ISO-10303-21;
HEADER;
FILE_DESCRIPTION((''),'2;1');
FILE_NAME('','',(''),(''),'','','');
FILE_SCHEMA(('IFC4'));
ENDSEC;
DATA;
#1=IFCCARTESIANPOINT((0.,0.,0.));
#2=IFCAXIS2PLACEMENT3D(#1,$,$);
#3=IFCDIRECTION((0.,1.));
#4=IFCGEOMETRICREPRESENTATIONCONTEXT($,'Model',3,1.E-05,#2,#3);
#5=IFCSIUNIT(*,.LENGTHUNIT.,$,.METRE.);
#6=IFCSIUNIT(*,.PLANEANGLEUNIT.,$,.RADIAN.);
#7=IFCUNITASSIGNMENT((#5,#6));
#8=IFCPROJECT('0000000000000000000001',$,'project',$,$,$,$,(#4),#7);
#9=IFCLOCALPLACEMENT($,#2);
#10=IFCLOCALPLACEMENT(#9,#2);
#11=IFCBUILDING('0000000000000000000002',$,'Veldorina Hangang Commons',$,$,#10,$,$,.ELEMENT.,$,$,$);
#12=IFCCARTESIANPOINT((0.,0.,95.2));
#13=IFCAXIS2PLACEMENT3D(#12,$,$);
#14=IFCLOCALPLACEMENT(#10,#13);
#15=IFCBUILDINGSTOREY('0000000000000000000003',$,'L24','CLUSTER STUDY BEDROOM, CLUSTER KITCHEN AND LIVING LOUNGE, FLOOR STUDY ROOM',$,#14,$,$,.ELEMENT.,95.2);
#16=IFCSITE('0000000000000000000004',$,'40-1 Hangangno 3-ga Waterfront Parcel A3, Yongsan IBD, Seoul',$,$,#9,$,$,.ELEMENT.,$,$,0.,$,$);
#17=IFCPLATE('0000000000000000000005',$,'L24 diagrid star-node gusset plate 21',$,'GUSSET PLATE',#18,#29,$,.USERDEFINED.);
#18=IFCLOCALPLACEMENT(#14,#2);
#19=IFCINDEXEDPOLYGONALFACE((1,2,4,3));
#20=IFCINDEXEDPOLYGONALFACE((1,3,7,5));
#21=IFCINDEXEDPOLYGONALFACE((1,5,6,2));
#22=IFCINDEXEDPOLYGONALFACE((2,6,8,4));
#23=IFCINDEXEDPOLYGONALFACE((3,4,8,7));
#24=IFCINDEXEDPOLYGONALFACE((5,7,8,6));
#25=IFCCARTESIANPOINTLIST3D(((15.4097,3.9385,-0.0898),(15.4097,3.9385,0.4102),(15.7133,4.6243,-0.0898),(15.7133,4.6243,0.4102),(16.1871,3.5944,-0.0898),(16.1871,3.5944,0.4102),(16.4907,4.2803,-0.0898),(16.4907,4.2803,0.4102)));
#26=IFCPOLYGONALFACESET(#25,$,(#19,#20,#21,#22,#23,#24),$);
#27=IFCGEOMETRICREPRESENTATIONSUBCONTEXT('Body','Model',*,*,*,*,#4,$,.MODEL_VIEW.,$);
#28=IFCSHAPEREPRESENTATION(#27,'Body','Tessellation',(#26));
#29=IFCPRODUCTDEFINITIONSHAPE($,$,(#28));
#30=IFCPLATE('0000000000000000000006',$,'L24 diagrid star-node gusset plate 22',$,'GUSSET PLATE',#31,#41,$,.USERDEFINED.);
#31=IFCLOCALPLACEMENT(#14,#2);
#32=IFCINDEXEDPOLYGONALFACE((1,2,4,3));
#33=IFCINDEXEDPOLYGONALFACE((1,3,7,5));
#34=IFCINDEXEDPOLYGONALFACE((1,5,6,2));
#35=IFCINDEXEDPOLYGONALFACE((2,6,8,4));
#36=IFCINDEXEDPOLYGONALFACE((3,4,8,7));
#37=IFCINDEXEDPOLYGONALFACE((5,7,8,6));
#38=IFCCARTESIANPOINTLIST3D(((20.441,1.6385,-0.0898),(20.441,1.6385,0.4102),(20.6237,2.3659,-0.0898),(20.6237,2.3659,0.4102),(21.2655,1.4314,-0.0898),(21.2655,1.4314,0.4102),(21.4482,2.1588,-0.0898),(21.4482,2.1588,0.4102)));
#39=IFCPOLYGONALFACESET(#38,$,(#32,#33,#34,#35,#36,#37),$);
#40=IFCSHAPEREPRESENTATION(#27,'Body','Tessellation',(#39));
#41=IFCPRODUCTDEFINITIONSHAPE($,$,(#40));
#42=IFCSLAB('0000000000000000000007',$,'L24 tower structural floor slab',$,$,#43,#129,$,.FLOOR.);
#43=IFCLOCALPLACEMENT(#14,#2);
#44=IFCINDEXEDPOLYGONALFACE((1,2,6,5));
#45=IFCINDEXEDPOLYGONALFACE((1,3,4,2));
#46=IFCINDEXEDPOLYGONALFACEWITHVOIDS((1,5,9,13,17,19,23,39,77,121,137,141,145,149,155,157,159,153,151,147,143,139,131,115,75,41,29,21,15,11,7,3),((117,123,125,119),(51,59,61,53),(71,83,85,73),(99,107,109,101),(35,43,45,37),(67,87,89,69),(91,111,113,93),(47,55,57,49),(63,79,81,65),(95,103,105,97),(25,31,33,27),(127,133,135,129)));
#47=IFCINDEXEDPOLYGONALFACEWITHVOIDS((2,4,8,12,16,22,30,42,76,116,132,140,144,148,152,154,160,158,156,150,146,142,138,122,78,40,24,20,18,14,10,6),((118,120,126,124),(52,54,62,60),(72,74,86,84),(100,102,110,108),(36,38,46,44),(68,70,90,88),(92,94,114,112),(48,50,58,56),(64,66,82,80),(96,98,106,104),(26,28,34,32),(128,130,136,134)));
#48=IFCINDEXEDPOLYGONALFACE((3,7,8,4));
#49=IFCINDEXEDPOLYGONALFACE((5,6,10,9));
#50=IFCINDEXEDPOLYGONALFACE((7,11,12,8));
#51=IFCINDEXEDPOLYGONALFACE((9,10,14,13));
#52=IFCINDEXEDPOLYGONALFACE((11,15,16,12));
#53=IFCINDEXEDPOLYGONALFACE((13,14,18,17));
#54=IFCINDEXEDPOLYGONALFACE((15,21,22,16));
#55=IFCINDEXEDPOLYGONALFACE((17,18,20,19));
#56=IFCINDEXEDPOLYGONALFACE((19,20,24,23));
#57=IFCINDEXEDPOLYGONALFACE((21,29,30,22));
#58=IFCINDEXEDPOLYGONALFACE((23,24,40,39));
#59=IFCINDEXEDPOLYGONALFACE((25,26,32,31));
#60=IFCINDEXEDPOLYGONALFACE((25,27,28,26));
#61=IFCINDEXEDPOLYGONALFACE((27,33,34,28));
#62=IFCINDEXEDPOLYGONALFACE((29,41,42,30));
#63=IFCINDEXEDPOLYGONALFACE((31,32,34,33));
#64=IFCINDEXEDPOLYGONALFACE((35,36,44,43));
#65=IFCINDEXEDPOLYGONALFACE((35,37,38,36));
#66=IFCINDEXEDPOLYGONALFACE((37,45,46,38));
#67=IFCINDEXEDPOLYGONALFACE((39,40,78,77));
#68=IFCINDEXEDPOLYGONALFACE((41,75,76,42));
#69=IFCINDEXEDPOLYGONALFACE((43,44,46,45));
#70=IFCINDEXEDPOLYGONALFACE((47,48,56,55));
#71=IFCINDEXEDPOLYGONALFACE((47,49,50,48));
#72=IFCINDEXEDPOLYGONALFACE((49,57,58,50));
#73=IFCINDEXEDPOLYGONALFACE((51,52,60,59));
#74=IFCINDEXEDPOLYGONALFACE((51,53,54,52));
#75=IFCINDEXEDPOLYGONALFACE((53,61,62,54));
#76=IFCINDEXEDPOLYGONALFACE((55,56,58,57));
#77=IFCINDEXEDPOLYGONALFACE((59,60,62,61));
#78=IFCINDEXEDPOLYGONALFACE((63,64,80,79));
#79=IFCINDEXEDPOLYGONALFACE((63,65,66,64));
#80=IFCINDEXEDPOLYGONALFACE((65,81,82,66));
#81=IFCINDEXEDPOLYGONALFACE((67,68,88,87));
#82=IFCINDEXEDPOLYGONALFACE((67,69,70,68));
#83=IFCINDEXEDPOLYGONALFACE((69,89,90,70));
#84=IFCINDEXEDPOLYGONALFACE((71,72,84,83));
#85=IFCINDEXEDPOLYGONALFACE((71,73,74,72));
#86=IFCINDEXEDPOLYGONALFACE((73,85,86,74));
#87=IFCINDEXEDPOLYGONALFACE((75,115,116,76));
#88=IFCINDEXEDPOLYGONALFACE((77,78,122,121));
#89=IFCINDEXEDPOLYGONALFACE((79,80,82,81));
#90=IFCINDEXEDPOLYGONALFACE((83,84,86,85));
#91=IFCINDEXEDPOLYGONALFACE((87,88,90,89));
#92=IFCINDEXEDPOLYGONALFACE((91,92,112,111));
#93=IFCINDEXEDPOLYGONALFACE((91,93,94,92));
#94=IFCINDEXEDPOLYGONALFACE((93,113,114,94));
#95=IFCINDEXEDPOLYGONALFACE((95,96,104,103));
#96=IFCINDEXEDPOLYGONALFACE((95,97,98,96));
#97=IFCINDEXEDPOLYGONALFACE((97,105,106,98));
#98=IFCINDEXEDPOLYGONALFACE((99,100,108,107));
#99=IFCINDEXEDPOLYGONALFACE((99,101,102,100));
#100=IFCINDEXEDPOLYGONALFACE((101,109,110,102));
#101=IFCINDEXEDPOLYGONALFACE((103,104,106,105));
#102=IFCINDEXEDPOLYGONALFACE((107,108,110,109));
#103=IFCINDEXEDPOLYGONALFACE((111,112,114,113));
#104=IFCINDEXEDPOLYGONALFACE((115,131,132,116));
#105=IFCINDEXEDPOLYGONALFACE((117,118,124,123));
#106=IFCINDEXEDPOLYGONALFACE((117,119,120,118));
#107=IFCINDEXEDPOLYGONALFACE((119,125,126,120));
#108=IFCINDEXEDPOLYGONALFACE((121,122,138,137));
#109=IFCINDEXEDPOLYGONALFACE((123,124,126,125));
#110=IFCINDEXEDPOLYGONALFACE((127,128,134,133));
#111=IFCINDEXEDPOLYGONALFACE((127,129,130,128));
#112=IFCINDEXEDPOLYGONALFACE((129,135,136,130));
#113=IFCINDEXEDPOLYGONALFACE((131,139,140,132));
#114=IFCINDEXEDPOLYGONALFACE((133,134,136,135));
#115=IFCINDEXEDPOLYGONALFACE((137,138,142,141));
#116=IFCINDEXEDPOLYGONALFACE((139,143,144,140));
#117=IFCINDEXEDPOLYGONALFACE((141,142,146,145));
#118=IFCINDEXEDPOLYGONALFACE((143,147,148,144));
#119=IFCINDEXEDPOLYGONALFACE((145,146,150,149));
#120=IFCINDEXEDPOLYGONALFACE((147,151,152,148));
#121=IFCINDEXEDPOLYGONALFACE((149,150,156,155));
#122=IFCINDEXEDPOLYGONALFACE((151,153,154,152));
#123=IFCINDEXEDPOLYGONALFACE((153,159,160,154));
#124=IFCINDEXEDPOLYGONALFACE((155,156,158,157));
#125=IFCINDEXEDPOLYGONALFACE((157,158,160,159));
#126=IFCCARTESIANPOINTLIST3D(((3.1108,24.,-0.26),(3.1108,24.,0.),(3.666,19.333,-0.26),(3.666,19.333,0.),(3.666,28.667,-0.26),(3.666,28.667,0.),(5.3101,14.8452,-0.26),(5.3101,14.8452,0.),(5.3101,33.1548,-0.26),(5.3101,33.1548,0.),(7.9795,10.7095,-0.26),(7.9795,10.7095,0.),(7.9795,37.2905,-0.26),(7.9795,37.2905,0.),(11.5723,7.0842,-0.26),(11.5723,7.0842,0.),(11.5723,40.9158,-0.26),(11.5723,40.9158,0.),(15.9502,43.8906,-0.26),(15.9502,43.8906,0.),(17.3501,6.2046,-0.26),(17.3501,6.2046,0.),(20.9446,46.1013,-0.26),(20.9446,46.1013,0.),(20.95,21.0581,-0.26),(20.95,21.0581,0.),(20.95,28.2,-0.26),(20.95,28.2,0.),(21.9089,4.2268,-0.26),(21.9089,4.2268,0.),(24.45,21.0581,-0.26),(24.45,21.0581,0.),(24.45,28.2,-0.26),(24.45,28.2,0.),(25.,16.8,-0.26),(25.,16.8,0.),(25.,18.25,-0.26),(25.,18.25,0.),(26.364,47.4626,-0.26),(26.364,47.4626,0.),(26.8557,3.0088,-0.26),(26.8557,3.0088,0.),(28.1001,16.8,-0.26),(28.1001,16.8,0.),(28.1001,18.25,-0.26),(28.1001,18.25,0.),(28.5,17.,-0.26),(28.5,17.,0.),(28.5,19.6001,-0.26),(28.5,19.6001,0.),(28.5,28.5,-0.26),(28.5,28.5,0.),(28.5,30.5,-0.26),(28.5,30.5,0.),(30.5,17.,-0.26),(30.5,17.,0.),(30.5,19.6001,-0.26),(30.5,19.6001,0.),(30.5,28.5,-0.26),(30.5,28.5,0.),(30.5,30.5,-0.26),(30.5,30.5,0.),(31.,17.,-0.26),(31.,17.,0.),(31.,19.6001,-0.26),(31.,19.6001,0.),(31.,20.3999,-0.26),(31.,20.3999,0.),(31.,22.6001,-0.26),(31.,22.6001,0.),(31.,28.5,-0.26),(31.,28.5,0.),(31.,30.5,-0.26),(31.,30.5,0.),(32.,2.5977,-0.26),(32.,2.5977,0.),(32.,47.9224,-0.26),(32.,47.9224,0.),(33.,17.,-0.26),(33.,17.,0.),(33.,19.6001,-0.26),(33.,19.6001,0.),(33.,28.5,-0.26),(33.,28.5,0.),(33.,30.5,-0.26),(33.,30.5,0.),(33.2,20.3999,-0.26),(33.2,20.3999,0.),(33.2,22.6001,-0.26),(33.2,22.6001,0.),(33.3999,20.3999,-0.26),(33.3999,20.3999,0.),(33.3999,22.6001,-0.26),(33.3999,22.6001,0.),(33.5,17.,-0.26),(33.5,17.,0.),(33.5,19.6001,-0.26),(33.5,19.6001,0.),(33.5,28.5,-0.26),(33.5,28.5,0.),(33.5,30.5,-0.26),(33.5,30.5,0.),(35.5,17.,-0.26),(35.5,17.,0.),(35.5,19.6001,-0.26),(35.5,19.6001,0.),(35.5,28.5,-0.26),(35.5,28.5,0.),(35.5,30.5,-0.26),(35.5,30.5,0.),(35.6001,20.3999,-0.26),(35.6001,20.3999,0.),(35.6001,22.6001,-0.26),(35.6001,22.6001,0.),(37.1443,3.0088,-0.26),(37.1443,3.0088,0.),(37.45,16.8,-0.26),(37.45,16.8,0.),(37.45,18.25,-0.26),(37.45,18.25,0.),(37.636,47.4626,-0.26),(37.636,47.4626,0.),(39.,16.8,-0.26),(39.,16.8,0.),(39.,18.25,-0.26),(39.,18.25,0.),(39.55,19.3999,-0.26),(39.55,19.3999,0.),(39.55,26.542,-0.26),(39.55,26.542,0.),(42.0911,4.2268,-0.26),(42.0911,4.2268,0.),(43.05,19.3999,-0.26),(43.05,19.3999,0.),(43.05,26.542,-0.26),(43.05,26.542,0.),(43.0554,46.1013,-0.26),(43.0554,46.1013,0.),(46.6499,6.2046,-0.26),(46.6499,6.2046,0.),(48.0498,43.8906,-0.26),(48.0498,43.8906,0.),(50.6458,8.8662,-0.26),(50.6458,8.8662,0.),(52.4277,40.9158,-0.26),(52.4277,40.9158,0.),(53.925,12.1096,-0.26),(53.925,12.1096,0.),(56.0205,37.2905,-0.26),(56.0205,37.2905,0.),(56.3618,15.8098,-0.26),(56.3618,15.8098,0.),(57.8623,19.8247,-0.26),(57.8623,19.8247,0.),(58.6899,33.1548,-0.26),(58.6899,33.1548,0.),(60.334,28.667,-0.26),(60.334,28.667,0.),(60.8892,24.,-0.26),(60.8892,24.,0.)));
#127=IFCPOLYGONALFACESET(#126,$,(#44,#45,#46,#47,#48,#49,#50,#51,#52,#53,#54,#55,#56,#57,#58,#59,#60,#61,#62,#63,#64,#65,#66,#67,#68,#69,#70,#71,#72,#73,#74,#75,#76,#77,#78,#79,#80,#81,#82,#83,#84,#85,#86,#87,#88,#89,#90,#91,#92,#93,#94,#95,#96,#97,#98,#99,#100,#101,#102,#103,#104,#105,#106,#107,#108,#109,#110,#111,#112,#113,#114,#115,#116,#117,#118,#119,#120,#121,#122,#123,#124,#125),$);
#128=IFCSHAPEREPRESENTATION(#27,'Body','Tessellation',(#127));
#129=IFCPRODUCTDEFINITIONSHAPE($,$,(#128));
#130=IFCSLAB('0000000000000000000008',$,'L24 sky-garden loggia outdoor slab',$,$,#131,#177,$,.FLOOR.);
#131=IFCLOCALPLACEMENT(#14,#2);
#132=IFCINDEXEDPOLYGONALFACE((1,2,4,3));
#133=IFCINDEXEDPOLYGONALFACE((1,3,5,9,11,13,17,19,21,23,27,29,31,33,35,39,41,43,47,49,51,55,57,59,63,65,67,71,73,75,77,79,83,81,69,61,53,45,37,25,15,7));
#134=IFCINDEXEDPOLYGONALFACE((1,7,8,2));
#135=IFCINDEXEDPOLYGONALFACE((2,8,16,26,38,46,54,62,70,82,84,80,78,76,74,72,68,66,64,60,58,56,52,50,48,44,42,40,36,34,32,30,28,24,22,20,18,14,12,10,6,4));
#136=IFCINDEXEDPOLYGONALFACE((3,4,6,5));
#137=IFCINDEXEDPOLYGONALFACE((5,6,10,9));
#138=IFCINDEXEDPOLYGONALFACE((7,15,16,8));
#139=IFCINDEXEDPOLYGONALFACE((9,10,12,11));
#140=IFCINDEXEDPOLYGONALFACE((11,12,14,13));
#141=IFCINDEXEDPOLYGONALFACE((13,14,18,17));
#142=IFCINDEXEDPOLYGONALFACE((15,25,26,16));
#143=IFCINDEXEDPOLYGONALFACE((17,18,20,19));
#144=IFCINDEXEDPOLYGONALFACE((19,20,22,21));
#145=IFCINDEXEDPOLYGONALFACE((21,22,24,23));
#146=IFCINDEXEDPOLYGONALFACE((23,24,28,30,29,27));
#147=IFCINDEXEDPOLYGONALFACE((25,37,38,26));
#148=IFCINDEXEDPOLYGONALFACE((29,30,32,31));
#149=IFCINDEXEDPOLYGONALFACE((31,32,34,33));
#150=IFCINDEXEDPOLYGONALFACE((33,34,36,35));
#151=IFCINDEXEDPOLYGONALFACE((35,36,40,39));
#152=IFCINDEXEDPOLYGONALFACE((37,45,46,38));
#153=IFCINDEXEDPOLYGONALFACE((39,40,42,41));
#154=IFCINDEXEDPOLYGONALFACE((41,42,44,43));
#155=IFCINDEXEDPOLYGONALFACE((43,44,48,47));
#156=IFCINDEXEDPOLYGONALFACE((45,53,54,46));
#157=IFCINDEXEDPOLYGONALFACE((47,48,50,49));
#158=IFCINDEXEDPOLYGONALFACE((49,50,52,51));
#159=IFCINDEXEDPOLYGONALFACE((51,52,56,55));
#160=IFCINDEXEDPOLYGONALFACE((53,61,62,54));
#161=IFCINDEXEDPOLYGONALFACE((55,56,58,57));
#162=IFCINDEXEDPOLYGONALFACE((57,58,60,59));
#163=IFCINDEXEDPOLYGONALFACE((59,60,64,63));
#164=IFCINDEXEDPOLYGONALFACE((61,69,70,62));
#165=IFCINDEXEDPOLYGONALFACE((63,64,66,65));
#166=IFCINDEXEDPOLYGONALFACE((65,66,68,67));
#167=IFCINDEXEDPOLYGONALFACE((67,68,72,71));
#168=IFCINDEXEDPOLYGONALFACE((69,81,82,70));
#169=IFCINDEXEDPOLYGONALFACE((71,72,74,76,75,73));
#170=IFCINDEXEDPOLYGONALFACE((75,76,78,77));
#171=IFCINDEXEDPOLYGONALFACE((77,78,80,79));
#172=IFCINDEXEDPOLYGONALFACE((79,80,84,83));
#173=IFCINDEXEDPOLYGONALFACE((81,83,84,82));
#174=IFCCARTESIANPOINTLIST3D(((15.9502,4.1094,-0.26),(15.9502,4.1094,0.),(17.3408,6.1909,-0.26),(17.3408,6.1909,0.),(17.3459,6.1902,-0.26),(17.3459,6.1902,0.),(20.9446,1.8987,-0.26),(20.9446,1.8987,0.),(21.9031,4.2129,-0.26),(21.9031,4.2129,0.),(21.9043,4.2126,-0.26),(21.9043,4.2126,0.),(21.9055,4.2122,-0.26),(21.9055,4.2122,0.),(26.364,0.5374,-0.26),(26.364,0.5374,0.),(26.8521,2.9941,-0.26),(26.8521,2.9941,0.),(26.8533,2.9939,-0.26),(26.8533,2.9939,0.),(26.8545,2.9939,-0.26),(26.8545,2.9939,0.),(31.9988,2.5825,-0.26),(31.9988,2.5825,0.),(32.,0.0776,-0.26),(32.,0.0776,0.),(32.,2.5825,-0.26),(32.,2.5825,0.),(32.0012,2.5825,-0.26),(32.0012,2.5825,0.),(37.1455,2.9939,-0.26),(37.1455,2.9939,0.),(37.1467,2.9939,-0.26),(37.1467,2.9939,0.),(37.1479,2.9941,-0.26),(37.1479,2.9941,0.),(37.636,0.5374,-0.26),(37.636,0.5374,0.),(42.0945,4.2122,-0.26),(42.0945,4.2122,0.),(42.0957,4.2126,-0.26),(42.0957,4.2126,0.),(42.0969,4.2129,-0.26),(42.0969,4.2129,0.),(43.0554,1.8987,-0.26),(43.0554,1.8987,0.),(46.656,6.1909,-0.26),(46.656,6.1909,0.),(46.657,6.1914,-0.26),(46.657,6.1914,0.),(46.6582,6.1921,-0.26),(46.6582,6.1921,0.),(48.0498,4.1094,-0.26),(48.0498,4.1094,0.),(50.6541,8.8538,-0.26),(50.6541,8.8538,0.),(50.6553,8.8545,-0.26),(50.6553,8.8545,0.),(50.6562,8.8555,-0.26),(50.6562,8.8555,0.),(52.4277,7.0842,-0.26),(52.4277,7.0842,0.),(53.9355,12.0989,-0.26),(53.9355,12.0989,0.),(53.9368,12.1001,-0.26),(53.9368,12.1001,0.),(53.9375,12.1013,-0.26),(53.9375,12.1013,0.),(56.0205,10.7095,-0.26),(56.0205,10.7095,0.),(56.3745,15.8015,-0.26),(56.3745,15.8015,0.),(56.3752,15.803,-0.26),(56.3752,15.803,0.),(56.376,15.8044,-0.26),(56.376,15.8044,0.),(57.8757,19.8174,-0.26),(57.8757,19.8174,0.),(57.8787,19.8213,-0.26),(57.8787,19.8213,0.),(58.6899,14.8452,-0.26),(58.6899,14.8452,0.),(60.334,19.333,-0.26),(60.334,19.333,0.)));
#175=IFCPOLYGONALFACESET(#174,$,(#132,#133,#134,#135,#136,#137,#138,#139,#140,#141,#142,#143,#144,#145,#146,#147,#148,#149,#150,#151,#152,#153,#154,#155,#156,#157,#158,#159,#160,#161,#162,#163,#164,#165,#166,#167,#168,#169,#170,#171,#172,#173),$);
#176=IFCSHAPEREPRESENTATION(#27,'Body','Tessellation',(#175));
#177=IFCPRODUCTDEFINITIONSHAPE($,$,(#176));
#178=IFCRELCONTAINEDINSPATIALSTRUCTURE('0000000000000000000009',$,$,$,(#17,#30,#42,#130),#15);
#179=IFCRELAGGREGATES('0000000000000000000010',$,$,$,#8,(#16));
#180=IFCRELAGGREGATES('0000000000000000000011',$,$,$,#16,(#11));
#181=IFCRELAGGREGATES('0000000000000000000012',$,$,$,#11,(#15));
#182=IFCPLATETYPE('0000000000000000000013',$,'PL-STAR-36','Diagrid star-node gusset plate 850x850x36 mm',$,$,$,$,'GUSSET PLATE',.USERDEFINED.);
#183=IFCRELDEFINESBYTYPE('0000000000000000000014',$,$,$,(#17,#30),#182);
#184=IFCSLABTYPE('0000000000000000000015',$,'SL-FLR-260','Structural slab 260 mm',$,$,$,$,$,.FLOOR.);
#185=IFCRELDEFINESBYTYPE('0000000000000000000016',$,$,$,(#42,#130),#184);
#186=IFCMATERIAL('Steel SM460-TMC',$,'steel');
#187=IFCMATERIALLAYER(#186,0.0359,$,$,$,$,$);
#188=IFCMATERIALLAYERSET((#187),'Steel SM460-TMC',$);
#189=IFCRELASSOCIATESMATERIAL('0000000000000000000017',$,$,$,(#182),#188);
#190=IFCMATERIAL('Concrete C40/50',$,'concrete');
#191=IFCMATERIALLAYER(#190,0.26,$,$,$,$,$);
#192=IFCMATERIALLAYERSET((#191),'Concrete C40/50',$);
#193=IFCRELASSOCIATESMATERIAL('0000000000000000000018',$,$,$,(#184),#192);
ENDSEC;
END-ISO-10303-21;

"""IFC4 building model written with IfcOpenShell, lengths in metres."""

from ifc_helpers import new_model, si_unit, direction, frame, origin, origin_2d, place, context, subcontext, project, spatial, polyline, rectangle, outline, extrude, material, layer, layer_set, type_object, element, save


model = new_model("IFC4")

# Units and contexts
model_context = context("Model", 3, precision=1e-05, world=origin(), true_north=direction((0.0, 1.0)))
body_context = subcontext(model_context, "Body", "Model", "MODEL_VIEW")
ifc_project = project(units=[si_unit("LENGTHUNIT", "METRE"), si_unit("PLANEANGLEUNIT", "RADIAN")], contexts=[model_context])

# Site, building, storey
site_placement = place(None, origin())
site = spatial("IfcSite", under=ifc_project, at=site_placement, Name="40-1 Hangangno 3-ga Waterfront Parcel A3, Yongsan IBD, Seoul", CompositionType="ELEMENT", RefElevation=0.0)
building_placement = place(site_placement, origin())
building = spatial("IfcBuilding", under=site, at=building_placement, Name="Veldorina Hangang Commons", CompositionType="ELEMENT")
storey_placement = place(building_placement, frame((0.0, 0.0, 95.2)))
storey = spatial("IfcBuildingStorey", under=building, at=storey_placement, Name="L24", Description="CLUSTER STUDY BEDROOM, CLUSTER KITCHEN AND LIVING LOUNGE, FLOOR STUDY ROOM", CompositionType="ELEMENT", Elevation=95.2)

# Shared definitions
ifc_material_1 = material(Name="Steel SM460-TMC", Category="steel")

# Plates
ifc_layer_1 = layer(ifc_material_1, 0.0359)
ifc_layer_set_1 = layer_set([ifc_layer_1], Name="Steel SM460-TMC")
plate_type_1 = type_object("IfcPlateType", Name="PL-STAR-36", Description="Diagrid star-node gusset plate 850x850x36 mm", ElementType="GUSSET PLATE", PredefinedType="USERDEFINED", material=ifc_layer_set_1)
for number, where, z_axis, x_axis, name in (
    (1, (15.9502, 4.1094, -0.0898), (0.0, 0.0, 1.0), (0.914431, -0.404743, 0.0), "L24 diagrid star-node gusset plate 21"),
    (2, (20.9446, 1.8987, -0.0898), (0.0, 0.0, 1.0), (0.969872, -0.243615, 0.0), "L24 diagrid star-node gusset plate 22"),
):
    element("IfcPlate", number, at=place(storey_placement, frame(where, z_axis=z_axis, x_axis=x_axis)), inside=storey, type_object=plate_type_1, Name=name, ObjectType="GUSSET PLATE", PredefinedType="USERDEFINED", context=body_context, shape_type="SweptSolid", body=[
        extrude(rectangle(XDim=0.8501, YDim=0.75, at=origin_2d()), origin(), (0.0, 0.0, 1.0), 0.5),
    ])

# Slabs
ifc_material_2 = material(Name="Concrete C40/50", Category="concrete")
ifc_layer_2 = layer(ifc_material_2, 0.26)
ifc_layer_set_2 = layer_set([ifc_layer_2], Name="Concrete C40/50")
slab_type_1 = type_object("IfcSlabType", Name="SL-FLR-260", Description="Structural slab 260 mm", PredefinedType="FLOOR", material=ifc_layer_set_2)
slab_1_placement = place(storey_placement, frame((0.0, 0.0, -0.26)))
element("IfcSlab", 3, at=slab_1_placement, inside=storey, type_object=slab_type_1, Name="L24 tower structural floor slab", PredefinedType="FLOOR", context=body_context, shape_type="SweptSolid", body=[
    extrude(outline(polyline([(60.8892, 24.0), (60.334, 28.667), (58.6899, 33.1548), (56.0205, 37.2905), (52.4277, 40.9158), (48.0498, 43.8906), (43.0554, 46.1013), (37.636, 47.4626), (32.0, 47.9224), (26.364, 47.4626), (20.9446, 46.1013), (15.9502, 43.8906), (11.5723, 40.9158), (7.9795, 37.2905), (5.3101, 33.1548), (3.666, 28.667), (3.1108, 24.0), (3.666, 19.333), (5.3101, 14.8452), (7.9795, 10.7095), (11.5723, 7.0842), (17.3501, 6.2046), (21.9089, 4.2268), (26.8557, 3.0088), (32.0, 2.5977), (37.1443, 3.0088), (42.0911, 4.2268), (46.6499, 6.2046), (50.6458, 8.8662), (53.925, 12.1096), (56.3618, 15.8098), (57.8623, 19.8247), (60.8892, 24.0)]), holes=[polyline([(20.95, 21.0581), (20.95, 28.2), (24.45, 28.2), (24.45, 21.0581), (20.95, 21.0581)]), polyline([(43.05, 26.542), (43.05, 19.3999), (39.55, 19.3999), (39.55, 26.542), (43.05, 26.542)]), polyline([(28.5, 30.5), (30.5, 30.5), (30.5, 28.5), (28.5, 28.5), (28.5, 30.5)]), polyline([(31.0, 30.5), (33.0, 30.5), (33.0, 28.5), (31.0, 28.5), (31.0, 30.5)]), polyline([(33.5, 30.5), (35.5, 30.5), (35.5, 28.5), (33.5, 28.5), (33.5, 30.5)]), polyline([(31.0, 22.6001), (33.2, 22.6001), (33.2, 20.3999), (31.0, 20.3999), (31.0, 22.6001)]), polyline([(33.3999, 22.6001), (35.6001, 22.6001), (35.6001, 20.3999), (33.3999, 20.3999), (33.3999, 22.6001)]), polyline([(28.5, 19.6001), (30.5, 19.6001), (30.5, 17.0), (28.5, 17.0), (28.5, 19.6001)]), polyline([(31.0, 19.6001), (33.0, 19.6001), (33.0, 17.0), (31.0, 17.0), (31.0, 19.6001)]), polyline([(33.5, 19.6001), (35.5, 19.6001), (35.5, 17.0), (33.5, 17.0), (33.5, 19.6001)]), polyline([(25.0, 18.25), (28.1001, 18.25), (28.1001, 16.8), (25.0, 16.8), (25.0, 18.25)]), polyline([(37.45, 18.25), (39.0, 18.25), (39.0, 16.8), (37.45, 16.8), (37.45, 18.25)])]), origin(), (0.0, 0.0, 1.0), 0.26),
])
slab_2_placement = place(storey_placement, frame((0.0, 0.0, -0.26)))
element("IfcSlab", 4, at=slab_2_placement, inside=storey, type_object=slab_type_1, Name="L24 sky-garden loggia outdoor slab", PredefinedType="FLOOR", context=body_context, shape_type="SweptSolid", body=[
    extrude(outline(polyline([(60.334, 19.333), (58.6899, 14.8452), (56.0205, 10.7095), (52.4277, 7.0842), (48.0498, 4.1094), (43.0554, 1.8987), (37.636, 0.5374), (32.0, 0.0776), (26.364, 0.5374), (20.9446, 1.8987), (15.9502, 4.1094), (17.3408, 6.1909), (17.3459, 6.1902), (21.9031, 4.2129), (21.9043, 4.2126), (21.9055, 4.2122), (26.8521, 2.9941), (26.8533, 2.9939), (26.8545, 2.9939), (31.9988, 2.5825), (32.0, 2.5825), (32.0012, 2.5825), (37.1455, 2.9939), (37.1467, 2.9939), (37.1479, 2.9941), (42.0945, 4.2122), (42.0957, 4.2126), (42.0969, 4.2129), (46.656, 6.1909), (46.657, 6.1914), (46.6582, 6.1921), (50.6541, 8.8538), (50.6553, 8.8545), (50.6562, 8.8555), (53.9355, 12.0989), (53.9368, 12.1001), (53.9375, 12.1013), (56.3745, 15.8015), (56.3752, 15.803), (56.376, 15.8044), (57.8757, 19.8174), (57.8787, 19.8213), (60.334, 19.333)])), origin(), (0.0, 0.0, 1.0), 0.26),
])

save(model, "model.ifc")
